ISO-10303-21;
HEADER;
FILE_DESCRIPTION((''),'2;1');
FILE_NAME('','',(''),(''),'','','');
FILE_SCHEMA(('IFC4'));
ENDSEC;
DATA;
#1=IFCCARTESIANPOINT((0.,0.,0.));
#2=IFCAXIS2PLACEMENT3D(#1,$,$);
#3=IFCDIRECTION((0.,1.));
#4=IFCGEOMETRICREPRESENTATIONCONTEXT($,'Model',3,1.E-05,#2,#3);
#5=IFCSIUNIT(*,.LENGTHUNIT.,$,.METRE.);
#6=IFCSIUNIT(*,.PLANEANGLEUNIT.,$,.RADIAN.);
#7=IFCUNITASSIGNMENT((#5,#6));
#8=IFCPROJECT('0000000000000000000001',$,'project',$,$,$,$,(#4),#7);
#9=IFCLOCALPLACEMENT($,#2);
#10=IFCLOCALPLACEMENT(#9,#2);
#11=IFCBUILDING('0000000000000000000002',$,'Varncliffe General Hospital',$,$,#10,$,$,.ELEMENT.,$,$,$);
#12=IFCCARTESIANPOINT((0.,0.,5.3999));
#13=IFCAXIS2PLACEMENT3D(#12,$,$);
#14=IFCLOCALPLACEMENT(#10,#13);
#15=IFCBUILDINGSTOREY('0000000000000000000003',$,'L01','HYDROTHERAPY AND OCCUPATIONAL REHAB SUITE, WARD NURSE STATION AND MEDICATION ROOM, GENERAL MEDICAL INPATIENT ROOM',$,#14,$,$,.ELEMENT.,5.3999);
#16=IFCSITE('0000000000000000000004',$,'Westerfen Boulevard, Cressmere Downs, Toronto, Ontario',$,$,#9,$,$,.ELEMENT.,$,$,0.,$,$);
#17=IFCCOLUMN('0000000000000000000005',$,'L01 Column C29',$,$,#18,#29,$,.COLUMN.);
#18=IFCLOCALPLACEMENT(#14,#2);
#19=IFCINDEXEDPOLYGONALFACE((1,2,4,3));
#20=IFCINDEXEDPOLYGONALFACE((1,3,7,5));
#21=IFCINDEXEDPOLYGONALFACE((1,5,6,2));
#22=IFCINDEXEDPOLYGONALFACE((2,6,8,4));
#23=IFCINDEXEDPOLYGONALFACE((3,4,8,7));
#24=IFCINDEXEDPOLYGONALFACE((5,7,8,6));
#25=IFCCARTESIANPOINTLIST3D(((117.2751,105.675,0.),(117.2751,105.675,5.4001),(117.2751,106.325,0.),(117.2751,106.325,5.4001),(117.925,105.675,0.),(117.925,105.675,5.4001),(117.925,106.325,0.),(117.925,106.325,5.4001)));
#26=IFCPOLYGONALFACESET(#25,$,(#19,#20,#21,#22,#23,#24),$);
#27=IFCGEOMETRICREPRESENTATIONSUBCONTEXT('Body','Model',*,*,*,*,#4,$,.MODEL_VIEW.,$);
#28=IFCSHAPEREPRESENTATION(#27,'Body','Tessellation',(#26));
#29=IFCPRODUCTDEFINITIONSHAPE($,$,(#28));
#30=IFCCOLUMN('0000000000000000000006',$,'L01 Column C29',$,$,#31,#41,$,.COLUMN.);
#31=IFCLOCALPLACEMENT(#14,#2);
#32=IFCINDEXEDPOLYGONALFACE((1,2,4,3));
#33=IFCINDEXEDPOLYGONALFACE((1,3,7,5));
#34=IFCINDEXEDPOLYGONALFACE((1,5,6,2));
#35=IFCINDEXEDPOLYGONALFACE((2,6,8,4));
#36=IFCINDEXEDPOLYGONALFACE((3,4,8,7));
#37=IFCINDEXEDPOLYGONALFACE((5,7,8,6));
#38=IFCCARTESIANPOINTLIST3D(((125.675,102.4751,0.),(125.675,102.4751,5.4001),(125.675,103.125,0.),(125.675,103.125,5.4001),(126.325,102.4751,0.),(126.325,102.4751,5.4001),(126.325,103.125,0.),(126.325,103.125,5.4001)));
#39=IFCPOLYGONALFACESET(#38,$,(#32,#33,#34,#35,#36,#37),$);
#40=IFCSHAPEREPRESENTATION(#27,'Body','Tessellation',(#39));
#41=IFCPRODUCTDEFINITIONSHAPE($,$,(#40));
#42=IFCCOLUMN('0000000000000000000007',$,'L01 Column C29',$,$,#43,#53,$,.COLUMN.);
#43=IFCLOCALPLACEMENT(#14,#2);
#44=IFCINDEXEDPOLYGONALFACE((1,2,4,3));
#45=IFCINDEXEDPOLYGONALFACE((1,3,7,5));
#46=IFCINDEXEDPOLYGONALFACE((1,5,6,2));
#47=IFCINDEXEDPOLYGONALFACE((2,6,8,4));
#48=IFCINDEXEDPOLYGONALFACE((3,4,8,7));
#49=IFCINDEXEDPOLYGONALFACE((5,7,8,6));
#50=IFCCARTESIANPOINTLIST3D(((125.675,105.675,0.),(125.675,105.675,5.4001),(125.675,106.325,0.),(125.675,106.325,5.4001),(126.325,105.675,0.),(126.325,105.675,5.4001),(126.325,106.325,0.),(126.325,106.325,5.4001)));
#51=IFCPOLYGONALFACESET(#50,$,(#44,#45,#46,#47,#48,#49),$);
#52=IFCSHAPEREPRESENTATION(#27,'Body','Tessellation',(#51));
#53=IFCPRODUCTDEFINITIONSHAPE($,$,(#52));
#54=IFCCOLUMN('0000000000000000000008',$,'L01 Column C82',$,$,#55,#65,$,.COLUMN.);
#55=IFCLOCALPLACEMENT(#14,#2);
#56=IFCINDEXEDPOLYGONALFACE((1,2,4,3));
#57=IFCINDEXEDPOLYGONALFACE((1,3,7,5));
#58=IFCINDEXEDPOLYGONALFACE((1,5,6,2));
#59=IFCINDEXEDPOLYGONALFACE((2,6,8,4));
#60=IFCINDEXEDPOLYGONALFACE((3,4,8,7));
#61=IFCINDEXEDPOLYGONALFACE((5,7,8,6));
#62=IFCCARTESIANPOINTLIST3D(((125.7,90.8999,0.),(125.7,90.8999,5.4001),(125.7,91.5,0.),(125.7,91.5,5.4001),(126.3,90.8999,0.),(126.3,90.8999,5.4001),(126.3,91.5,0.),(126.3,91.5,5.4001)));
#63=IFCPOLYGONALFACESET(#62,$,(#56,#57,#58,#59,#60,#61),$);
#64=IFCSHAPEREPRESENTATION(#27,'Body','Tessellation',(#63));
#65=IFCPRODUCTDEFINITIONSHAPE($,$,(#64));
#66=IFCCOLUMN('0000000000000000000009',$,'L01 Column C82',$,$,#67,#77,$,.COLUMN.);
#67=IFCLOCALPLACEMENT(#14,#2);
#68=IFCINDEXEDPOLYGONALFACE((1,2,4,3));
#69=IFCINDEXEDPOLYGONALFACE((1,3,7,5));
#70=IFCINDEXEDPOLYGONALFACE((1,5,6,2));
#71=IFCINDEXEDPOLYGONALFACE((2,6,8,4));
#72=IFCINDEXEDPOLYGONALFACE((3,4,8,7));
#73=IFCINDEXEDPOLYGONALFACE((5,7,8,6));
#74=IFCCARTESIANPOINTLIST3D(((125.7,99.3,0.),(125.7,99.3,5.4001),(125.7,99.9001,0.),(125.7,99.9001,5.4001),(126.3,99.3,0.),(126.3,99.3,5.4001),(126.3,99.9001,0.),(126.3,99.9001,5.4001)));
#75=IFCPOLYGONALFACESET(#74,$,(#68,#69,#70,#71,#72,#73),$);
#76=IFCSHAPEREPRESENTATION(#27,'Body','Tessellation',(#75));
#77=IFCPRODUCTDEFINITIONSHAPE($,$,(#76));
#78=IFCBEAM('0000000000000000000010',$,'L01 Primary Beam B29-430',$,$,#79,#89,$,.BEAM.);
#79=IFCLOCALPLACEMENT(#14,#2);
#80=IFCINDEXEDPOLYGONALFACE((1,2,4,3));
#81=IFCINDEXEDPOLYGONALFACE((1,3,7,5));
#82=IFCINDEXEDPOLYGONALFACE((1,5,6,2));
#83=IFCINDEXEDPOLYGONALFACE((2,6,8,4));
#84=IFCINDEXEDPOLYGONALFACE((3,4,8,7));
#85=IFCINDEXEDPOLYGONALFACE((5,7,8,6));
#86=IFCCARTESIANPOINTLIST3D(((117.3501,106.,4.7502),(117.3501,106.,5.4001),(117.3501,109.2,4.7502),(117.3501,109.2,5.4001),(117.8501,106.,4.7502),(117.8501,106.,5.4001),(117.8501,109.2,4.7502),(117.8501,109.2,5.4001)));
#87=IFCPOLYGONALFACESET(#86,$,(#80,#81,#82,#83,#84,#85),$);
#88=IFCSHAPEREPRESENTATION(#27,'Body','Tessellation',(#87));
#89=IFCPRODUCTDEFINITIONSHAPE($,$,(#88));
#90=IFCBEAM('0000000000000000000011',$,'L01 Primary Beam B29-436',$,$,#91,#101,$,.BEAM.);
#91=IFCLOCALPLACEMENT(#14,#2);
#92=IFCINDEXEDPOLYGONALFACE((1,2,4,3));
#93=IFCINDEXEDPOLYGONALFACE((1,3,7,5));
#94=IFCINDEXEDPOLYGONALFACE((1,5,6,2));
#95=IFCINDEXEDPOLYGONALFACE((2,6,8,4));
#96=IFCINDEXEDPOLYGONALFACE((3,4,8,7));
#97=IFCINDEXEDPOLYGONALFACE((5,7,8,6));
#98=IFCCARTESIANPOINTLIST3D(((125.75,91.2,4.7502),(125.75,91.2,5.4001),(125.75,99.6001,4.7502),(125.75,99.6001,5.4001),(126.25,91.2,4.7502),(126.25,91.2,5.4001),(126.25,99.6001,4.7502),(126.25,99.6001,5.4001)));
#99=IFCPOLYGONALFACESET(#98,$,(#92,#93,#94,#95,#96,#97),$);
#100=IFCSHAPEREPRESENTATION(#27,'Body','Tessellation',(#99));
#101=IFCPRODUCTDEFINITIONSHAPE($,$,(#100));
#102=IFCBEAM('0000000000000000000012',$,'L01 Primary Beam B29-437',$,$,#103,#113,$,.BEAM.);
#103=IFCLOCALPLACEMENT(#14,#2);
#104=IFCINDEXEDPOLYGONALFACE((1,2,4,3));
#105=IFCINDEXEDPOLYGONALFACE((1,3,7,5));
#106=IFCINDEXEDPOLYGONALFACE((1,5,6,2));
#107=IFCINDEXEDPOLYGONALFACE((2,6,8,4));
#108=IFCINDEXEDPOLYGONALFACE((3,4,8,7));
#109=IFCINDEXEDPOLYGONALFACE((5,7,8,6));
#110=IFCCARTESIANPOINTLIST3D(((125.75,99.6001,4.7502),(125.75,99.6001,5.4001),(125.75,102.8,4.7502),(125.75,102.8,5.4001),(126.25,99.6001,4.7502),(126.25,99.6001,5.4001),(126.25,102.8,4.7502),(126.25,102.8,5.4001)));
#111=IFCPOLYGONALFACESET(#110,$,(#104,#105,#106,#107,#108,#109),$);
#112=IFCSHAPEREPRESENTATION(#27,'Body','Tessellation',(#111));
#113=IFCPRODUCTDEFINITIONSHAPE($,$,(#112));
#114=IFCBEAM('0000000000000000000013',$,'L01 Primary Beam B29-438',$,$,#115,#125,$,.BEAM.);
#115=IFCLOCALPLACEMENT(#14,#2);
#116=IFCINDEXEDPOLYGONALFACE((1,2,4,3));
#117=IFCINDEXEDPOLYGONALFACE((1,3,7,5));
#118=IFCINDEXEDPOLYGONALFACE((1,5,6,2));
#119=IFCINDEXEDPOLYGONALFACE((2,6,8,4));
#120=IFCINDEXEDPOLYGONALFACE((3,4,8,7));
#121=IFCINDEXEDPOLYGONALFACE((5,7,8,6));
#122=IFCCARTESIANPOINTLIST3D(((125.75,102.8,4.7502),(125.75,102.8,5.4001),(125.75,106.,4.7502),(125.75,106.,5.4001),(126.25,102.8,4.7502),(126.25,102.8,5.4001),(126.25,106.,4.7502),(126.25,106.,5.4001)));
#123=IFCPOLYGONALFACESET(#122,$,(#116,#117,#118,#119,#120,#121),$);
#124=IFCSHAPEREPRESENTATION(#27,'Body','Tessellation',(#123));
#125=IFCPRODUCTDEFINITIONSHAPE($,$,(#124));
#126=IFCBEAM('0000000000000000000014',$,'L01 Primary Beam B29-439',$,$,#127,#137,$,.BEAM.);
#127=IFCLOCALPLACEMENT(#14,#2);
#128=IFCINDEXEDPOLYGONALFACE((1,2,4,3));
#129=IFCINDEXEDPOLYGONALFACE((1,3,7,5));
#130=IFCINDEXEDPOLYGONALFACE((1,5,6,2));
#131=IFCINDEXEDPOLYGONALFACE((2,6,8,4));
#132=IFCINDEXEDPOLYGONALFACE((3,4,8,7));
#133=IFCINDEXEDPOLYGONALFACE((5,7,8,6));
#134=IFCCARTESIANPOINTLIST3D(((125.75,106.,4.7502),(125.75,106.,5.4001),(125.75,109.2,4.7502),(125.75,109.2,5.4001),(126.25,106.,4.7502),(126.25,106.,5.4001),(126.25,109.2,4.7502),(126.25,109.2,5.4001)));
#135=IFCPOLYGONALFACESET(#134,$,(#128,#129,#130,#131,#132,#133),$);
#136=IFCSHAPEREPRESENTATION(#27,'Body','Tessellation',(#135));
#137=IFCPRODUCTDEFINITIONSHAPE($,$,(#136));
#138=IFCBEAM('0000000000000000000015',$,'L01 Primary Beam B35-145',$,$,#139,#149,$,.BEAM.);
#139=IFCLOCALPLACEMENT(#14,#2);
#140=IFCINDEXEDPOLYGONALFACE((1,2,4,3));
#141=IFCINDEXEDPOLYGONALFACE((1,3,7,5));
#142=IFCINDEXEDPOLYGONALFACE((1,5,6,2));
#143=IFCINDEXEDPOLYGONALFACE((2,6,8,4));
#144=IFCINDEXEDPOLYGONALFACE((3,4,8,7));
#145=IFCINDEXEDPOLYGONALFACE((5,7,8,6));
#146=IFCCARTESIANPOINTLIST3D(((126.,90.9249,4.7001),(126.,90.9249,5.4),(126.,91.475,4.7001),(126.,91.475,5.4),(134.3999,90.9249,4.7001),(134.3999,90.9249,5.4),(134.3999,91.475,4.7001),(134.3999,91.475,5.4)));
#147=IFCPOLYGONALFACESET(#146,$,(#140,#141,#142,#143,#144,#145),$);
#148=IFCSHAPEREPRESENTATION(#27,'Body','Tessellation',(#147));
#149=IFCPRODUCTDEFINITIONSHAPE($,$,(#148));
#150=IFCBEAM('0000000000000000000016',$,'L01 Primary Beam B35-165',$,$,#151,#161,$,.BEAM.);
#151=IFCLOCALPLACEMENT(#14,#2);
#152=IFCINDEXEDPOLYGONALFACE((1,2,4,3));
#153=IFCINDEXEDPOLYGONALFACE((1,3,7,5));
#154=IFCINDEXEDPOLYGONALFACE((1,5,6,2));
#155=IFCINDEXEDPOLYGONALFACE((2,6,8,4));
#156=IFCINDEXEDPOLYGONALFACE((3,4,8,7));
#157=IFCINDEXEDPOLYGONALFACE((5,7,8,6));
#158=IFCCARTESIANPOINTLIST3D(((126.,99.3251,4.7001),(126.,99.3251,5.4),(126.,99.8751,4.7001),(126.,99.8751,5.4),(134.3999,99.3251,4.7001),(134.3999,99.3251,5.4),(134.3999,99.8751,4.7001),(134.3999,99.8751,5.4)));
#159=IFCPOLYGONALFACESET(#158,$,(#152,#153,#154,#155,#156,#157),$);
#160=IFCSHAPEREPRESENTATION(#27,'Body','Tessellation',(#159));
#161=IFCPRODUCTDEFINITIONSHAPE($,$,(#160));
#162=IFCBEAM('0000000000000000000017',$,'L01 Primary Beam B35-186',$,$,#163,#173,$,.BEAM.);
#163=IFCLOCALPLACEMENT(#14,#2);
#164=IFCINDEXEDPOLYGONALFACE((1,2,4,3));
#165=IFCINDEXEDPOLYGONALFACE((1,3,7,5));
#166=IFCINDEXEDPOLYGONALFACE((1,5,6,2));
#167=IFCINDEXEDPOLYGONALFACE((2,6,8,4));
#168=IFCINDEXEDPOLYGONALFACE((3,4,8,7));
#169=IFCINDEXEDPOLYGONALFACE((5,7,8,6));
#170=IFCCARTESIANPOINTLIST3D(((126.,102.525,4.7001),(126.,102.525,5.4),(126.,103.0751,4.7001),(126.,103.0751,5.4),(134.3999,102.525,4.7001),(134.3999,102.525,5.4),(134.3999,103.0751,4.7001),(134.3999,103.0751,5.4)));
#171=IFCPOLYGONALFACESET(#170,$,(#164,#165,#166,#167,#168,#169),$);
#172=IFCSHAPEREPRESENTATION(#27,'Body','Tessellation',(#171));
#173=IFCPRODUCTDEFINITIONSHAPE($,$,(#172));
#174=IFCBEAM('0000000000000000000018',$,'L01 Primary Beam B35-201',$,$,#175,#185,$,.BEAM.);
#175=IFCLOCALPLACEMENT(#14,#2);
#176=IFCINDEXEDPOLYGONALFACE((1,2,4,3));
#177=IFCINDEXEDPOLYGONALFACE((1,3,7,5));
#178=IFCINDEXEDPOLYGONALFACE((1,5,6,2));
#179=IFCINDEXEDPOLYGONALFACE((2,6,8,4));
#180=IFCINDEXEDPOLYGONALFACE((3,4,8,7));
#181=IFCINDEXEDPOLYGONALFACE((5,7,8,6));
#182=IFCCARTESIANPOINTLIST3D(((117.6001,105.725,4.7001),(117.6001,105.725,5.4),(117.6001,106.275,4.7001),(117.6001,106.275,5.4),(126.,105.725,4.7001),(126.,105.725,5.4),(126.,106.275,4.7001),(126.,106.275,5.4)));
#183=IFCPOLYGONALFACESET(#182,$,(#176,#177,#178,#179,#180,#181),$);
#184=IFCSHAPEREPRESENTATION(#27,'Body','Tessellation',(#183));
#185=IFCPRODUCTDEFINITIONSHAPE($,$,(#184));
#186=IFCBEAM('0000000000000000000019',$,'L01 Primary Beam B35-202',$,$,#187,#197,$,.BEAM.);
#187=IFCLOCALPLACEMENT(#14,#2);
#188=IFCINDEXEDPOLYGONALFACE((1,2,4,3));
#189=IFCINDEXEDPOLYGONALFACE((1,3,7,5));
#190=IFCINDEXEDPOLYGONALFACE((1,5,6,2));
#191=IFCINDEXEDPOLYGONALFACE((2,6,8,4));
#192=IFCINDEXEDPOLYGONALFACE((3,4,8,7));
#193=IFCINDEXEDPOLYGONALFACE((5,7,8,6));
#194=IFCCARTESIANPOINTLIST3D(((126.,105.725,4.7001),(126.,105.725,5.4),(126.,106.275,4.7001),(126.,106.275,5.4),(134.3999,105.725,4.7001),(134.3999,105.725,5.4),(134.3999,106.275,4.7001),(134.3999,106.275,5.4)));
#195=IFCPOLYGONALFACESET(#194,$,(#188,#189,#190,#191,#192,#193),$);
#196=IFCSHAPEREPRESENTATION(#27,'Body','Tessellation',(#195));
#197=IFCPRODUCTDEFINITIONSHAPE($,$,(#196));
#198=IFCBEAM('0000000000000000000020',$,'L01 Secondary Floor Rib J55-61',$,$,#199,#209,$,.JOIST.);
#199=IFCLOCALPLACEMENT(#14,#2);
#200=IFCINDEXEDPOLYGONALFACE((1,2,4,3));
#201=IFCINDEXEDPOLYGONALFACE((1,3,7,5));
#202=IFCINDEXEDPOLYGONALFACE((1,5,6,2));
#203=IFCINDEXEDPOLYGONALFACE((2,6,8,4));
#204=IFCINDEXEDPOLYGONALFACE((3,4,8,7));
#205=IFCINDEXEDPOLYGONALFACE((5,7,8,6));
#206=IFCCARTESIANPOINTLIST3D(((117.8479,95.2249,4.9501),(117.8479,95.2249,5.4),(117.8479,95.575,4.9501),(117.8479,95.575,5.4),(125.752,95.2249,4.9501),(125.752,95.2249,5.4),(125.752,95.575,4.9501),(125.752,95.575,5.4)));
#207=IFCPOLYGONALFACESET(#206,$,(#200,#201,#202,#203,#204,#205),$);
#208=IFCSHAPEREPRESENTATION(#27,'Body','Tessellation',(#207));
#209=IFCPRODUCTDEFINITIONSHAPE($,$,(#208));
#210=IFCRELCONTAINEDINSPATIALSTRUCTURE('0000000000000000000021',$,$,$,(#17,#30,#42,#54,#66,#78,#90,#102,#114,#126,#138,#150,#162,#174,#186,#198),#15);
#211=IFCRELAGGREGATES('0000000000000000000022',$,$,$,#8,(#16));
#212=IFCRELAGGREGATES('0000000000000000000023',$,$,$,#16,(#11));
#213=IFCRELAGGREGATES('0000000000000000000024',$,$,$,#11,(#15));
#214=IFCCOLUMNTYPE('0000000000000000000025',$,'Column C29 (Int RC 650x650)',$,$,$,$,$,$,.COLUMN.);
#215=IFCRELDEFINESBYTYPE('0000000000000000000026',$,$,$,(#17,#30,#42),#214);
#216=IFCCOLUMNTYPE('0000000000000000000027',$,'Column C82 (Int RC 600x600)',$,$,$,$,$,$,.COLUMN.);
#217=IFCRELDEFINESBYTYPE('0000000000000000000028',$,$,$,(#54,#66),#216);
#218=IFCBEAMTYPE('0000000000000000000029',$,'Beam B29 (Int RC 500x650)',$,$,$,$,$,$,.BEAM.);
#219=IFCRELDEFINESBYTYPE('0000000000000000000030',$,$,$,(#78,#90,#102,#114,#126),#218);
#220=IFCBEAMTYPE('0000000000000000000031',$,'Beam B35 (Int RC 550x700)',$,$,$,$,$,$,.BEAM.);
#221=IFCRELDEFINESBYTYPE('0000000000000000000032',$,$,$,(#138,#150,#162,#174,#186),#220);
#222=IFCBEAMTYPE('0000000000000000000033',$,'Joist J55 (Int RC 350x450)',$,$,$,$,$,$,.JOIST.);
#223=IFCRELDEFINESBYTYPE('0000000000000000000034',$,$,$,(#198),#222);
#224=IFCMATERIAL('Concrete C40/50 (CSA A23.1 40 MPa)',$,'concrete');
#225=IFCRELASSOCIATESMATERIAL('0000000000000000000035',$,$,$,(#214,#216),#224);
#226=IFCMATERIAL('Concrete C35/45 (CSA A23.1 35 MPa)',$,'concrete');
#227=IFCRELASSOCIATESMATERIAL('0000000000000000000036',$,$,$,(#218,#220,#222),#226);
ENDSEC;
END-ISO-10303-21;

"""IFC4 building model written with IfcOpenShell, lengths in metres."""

from ifc_helpers import new_model, si_unit, direction, frame, origin, origin_2d, place, context, subcontext, project, spatial, rectangle, extrude, material, material_profile, profile_set, type_object, element, save


model = new_model("IFC4")

# Units and contexts
model_context = context("Model", 3, precision=1e-05, world=origin(), true_north=direction((0.0, 1.0)))
body_context = subcontext(model_context, "Body", "Model", "MODEL_VIEW")
ifc_project = project(units=[si_unit("LENGTHUNIT", "METRE"), si_unit("PLANEANGLEUNIT", "RADIAN")], contexts=[model_context])

# Site, building, storey
site_placement = place(None, origin())
site = spatial("IfcSite", under=ifc_project, at=site_placement, Name="Westerfen Boulevard, Cressmere Downs, Toronto, Ontario", CompositionType="ELEMENT", RefElevation=0.0)
building_placement = place(site_placement, origin())
building = spatial("IfcBuilding", under=site, at=building_placement, Name="Varncliffe General Hospital", CompositionType="ELEMENT")
storey_placement = place(building_placement, frame((0.0, 0.0, 5.3999)))
storey = spatial("IfcBuildingStorey", under=building, at=storey_placement, Name="L01", Description="HYDROTHERAPY AND OCCUPATIONAL REHAB SUITE, WARD NURSE STATION AND MEDICATION ROOM, GENERAL MEDICAL INPATIENT ROOM", CompositionType="ELEMENT", Elevation=5.3999)

# Columns
ifc_material_1 = material(Name="Concrete C40/50 (CSA A23.1 40 MPa)", Category="concrete")
ifc_material_profile_1 = material_profile(ifc_material_1, rectangle(XDim=0.6499, YDim=0.6499, at=origin_2d()), Name="RC 650x650")
ifc_profile_set_1 = profile_set([ifc_material_profile_1], Name="Concrete C40/50 (CSA A23.1 40 MPa)")
column_type_1 = type_object("IfcColumnType", Name="Column C29 (Int RC 650x650)", PredefinedType="COLUMN", material=ifc_profile_set_1)
for number, where, z_axis, x_axis, name in (
    (1, (117.6001, 106.0, 0.0), (0.0, 0.0, 1.0), (1.0, 0.0, 0.0), "L01 Column C29"),
    (2, (126.0, 102.8, 0.0), (0.0, 0.0, 1.0), (1.0, 0.0, 0.0), "L01 Column C29"),
    (3, (126.0, 106.0, 0.0), (0.0, 0.0, 1.0), (1.0, 0.0, 0.0), "L01 Column C29"),
):
    element("IfcColumn", number, at=place(storey_placement, frame(where, z_axis=z_axis, x_axis=x_axis)), inside=storey, type_object=column_type_1, Name=name, PredefinedType="COLUMN", context=body_context, shape_type="SweptSolid", body=[
        extrude(rectangle(XDim=0.6499, YDim=0.6499, at=origin_2d()), origin(), (0.0, 0.0, 1.0), 5.4001),
    ])
ifc_material_profile_2 = material_profile(ifc_material_1, rectangle(XDim=0.6001, YDim=0.6001, at=origin_2d()), Name="RC 600x600")
ifc_profile_set_2 = profile_set([ifc_material_profile_2], Name="Concrete C40/50 (CSA A23.1 40 MPa)")
column_type_2 = type_object("IfcColumnType", Name="Column C82 (Int RC 600x600)", PredefinedType="COLUMN", material=ifc_profile_set_2)
for number, where, z_axis, x_axis, name in (
    (4, (126.0, 91.2, 0.0), (0.0, 0.0, 1.0), (1.0, 0.0, 0.0), "L01 Column C82"),
    (5, (126.0, 99.6001, 0.0), (0.0, 0.0, 1.0), (1.0, 0.0, 0.0), "L01 Column C82"),
):
    element("IfcColumn", number, at=place(storey_placement, frame(where, z_axis=z_axis, x_axis=x_axis)), inside=storey, type_object=column_type_2, Name=name, PredefinedType="COLUMN", context=body_context, shape_type="SweptSolid", body=[
        extrude(rectangle(XDim=0.6001, YDim=0.6001, at=origin_2d()), origin(), (0.0, 0.0, 1.0), 5.4001),
    ])

# Beams
ifc_material_2 = material(Name="Concrete C35/45 (CSA A23.1 35 MPa)", Category="concrete")
ifc_material_profile_3 = material_profile(ifc_material_2, rectangle(XDim=0.5, YDim=0.6499, at=origin_2d()), Name="RC 500x650")
ifc_profile_set_3 = profile_set([ifc_material_profile_3], Name="Concrete C35/45 (CSA A23.1 35 MPa)")
beam_type_1 = type_object("IfcBeamType", Name="Beam B29 (Int RC 500x650)", PredefinedType="BEAM", material=ifc_profile_set_3)
beam_1_placement = place(storey_placement, frame((117.6001, 106.0, 5.0752), z_axis=(0.0, 1.0, 0.0), x_axis=(-1.0, 0.0, 0.0)))
element("IfcBeam", 6, at=beam_1_placement, inside=storey, type_object=beam_type_1, Name="L01 Primary Beam B29-430", PredefinedType="BEAM", context=body_context, shape_type="SweptSolid", body=[
    extrude(rectangle(XDim=0.5, YDim=0.6499, at=origin_2d()), origin(), (0.0, 0.0, 1.0), 3.2),
])
beam_2_placement = place(storey_placement, frame((126.0, 91.2, 5.0752), z_axis=(0.0, 1.0, 0.0), x_axis=(-1.0, 0.0, 0.0)))
element("IfcBeam", 7, at=beam_2_placement, inside=storey, type_object=beam_type_1, Name="L01 Primary Beam B29-436", PredefinedType="BEAM", context=body_context, shape_type="SweptSolid", body=[
    extrude(rectangle(XDim=0.5, YDim=0.6499, at=origin_2d()), origin(), (0.0, 0.0, 1.0), 8.4001),
])
for number, where, z_axis, x_axis, name in (
    (8, (126.0, 99.6001, 5.0752), (0.0, 1.0, 0.0), (-1.0, 0.0, 0.0), "L01 Primary Beam B29-437"),
    (9, (126.0, 102.8, 5.0752), (0.0, 1.0, 0.0), (-1.0, 0.0, 0.0), "L01 Primary Beam B29-438"),
    (10, (126.0, 106.0, 5.0752), (0.0, 1.0, 0.0), (-1.0, 0.0, 0.0), "L01 Primary Beam B29-439"),
):
    element("IfcBeam", number, at=place(storey_placement, frame(where, z_axis=z_axis, x_axis=x_axis)), inside=storey, type_object=beam_type_1, Name=name, PredefinedType="BEAM", context=body_context, shape_type="SweptSolid", body=[
        extrude(rectangle(XDim=0.5, YDim=0.6499, at=origin_2d()), origin(), (0.0, 0.0, 1.0), 3.2),
    ])
ifc_material_profile_4 = material_profile(ifc_material_2, rectangle(XDim=0.55, YDim=0.7, at=origin_2d()), Name="RC 550x700")
ifc_profile_set_4 = profile_set([ifc_material_profile_4], Name="Concrete C35/45 (CSA A23.1 35 MPa)")
beam_type_2 = type_object("IfcBeamType", Name="Beam B35 (Int RC 550x700)", PredefinedType="BEAM", material=ifc_profile_set_4)
for number, where, z_axis, x_axis, name in (
    (11, (126.0, 91.2, 5.05), (1.0, 0.0, 0.0), (0.0, 1.0, 0.0), "L01 Primary Beam B35-145"),
    (12, (126.0, 99.6001, 5.05), (1.0, 0.0, 0.0), (0.0, 1.0, 0.0), "L01 Primary Beam B35-165"),
    (13, (126.0, 102.8, 5.05), (1.0, 0.0, 0.0), (0.0, 1.0, 0.0), "L01 Primary Beam B35-186"),
    (14, (117.6001, 106.0, 5.05), (1.0, 0.0, 0.0), (0.0, 1.0, 0.0), "L01 Primary Beam B35-201"),
    (15, (126.0, 106.0, 5.05), (1.0, 0.0, 0.0), (0.0, 1.0, 0.0), "L01 Primary Beam B35-202"),
):
    element("IfcBeam", number, at=place(storey_placement, frame(where, z_axis=z_axis, x_axis=x_axis)), inside=storey, type_object=beam_type_2, Name=name, PredefinedType="BEAM", context=body_context, shape_type="SweptSolid", body=[
        extrude(rectangle(XDim=0.55, YDim=0.7, at=origin_2d()), origin(), (0.0, 0.0, 1.0), 8.3999),
    ])
ifc_material_profile_5 = material_profile(ifc_material_2, rectangle(XDim=0.3501, YDim=0.45, at=origin_2d()), Name="RC 350x450")
ifc_profile_set_5 = profile_set([ifc_material_profile_5], Name="Concrete C35/45 (CSA A23.1 35 MPa)")
beam_type_3 = type_object("IfcBeamType", Name="Joist J55 (Int RC 350x450)", PredefinedType="JOIST", material=ifc_profile_set_5)
beam_3_placement = place(storey_placement, frame((117.8479, 95.3999, 5.175), z_axis=(1.0, 0.0, 0.0), x_axis=(0.0, 1.0, 0.0)))
element("IfcBeam", 16, at=beam_3_placement, inside=storey, type_object=beam_type_3, Name="L01 Secondary Floor Rib J55-61", PredefinedType="JOIST", context=body_context, shape_type="SweptSolid", body=[
    extrude(rectangle(XDim=0.3501, YDim=0.45, at=origin_2d()), origin(), (0.0, 0.0, 1.0), 7.9041),
])

save(model, "model.ifc")
